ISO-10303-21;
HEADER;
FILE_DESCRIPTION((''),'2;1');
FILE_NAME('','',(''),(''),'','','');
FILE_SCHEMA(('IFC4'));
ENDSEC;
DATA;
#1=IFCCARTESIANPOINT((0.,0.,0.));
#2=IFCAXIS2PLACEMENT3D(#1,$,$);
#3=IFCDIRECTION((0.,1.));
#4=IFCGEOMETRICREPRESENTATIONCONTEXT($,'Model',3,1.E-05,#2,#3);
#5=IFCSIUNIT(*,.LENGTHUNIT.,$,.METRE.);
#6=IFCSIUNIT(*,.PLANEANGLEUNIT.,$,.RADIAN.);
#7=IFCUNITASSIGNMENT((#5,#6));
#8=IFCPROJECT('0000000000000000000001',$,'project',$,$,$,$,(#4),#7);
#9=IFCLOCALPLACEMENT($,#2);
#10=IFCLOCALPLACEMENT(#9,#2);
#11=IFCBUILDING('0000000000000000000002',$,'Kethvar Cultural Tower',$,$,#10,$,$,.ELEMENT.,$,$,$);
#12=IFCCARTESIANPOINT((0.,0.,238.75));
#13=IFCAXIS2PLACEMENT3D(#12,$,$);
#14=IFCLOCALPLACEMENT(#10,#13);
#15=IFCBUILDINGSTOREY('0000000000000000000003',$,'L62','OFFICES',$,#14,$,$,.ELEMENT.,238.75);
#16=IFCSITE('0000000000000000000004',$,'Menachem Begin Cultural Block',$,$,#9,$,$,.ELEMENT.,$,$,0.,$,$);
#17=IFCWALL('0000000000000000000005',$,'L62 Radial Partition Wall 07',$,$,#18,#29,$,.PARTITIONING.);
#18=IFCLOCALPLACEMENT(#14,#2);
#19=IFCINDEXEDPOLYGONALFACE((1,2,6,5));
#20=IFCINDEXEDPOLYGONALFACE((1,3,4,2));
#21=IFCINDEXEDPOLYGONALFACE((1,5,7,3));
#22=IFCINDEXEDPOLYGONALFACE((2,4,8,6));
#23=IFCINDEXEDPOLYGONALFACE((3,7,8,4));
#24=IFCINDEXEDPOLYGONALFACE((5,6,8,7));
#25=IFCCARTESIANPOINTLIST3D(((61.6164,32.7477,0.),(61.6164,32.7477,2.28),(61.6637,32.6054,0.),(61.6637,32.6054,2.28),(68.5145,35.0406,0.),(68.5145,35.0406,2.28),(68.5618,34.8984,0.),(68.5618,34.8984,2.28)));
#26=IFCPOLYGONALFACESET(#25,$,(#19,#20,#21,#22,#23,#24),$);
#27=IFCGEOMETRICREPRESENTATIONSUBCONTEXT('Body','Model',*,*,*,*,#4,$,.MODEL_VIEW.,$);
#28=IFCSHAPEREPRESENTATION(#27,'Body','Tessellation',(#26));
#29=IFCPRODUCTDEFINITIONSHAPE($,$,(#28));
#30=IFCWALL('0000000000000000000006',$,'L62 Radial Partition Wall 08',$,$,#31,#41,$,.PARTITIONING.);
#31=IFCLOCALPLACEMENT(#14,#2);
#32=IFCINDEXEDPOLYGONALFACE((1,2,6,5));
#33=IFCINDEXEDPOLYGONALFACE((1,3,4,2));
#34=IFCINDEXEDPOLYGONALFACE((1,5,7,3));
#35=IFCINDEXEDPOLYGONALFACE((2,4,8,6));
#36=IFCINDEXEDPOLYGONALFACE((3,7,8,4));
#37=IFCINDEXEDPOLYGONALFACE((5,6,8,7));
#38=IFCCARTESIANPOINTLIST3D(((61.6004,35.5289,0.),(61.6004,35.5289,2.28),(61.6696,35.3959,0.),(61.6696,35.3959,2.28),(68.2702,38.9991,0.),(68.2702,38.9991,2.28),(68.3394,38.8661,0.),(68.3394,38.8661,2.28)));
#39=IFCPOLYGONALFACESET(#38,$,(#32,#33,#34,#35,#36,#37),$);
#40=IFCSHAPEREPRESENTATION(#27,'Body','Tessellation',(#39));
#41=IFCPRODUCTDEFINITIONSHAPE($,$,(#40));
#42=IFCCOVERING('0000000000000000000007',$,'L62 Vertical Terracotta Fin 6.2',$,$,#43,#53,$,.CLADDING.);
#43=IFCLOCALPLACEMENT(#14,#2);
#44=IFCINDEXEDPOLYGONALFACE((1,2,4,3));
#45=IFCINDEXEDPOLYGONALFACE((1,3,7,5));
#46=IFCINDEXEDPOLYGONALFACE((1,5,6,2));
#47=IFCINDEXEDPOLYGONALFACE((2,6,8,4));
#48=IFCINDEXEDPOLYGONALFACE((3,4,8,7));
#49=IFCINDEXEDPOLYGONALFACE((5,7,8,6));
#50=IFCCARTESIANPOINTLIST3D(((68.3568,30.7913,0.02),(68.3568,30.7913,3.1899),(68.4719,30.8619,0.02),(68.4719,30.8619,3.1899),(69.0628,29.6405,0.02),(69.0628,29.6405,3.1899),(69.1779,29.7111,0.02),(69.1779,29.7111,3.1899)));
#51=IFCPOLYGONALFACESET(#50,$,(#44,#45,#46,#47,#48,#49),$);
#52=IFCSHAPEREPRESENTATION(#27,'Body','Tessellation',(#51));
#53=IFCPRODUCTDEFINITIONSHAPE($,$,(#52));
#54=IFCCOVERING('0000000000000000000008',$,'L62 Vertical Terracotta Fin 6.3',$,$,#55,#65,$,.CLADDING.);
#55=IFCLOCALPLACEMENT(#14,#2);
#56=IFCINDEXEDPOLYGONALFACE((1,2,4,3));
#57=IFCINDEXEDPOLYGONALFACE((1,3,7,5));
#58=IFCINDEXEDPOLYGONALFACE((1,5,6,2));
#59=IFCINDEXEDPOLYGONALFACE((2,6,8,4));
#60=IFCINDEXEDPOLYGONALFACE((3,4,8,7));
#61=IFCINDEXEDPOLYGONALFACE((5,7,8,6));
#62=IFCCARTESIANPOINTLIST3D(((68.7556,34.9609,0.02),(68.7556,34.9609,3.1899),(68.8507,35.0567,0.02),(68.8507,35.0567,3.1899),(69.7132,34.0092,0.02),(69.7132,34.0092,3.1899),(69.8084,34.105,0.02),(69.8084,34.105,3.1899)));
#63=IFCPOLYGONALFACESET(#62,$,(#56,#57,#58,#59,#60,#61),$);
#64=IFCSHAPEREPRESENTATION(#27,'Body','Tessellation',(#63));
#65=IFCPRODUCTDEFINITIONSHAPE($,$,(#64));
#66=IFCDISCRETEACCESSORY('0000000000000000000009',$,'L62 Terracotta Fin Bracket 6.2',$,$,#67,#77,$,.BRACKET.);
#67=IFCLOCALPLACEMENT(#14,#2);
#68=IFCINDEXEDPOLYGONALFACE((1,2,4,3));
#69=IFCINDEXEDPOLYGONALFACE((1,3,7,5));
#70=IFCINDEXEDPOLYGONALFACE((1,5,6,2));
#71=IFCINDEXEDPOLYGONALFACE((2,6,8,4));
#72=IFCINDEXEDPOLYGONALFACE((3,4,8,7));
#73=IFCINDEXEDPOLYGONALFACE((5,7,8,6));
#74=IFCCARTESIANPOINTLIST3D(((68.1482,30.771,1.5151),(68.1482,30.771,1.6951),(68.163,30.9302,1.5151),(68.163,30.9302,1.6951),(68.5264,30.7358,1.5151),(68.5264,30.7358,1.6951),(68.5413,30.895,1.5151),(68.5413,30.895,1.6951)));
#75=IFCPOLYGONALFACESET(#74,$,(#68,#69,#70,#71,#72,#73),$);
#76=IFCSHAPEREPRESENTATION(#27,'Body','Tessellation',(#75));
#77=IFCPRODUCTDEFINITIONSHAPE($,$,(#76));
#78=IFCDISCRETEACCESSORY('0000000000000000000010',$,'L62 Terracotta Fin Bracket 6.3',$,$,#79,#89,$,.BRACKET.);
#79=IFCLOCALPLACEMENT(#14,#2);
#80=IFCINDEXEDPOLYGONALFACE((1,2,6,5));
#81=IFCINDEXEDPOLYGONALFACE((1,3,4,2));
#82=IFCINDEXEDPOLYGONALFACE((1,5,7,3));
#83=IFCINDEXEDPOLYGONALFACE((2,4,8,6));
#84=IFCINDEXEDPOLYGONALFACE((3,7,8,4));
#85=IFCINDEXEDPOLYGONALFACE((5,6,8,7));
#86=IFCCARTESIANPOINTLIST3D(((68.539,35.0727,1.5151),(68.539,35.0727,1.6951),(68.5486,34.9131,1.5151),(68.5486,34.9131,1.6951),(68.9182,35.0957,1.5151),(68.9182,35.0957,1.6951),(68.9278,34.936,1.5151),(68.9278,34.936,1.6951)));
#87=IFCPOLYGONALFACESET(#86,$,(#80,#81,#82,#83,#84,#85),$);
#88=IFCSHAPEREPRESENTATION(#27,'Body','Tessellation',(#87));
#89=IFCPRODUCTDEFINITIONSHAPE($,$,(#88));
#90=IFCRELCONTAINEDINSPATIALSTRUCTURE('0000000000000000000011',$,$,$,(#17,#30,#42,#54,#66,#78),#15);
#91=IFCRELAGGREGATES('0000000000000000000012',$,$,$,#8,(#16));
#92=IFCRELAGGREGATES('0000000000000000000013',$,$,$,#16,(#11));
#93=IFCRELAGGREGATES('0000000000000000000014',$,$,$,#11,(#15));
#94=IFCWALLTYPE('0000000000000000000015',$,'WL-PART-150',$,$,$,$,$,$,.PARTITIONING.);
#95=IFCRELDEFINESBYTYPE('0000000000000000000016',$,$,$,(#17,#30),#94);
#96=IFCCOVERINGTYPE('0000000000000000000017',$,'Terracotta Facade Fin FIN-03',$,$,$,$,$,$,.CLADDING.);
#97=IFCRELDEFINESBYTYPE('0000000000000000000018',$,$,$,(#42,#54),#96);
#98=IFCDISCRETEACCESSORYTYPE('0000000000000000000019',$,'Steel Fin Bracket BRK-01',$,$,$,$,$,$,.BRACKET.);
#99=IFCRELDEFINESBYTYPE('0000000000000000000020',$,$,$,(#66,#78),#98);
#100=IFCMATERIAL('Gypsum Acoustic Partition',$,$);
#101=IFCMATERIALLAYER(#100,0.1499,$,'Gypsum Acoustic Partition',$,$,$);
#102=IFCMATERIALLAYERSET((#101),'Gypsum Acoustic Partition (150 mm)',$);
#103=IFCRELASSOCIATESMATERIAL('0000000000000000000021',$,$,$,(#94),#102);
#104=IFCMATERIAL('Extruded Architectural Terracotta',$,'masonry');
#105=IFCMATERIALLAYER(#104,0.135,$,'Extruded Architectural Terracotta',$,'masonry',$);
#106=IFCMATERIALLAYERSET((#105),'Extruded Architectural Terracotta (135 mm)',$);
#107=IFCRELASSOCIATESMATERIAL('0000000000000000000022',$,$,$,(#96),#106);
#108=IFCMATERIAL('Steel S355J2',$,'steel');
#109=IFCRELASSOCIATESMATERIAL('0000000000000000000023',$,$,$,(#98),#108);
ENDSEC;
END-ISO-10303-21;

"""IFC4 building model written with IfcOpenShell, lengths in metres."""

from ifc_helpers import new_model, si_unit, direction, frame, frame_2d, origin, origin_2d, place, context, subcontext, project, spatial, rectangle, extrude, source, transform, mapped, material, layer, layer_set, type_object, element, save


model = new_model("IFC4")

# Units and contexts
model_context = context("Model", 3, precision=1e-05, world=origin(), true_north=direction((0.0, 1.0)))
body_context = subcontext(model_context, "Body", "Model", "MODEL_VIEW")
ifc_project = project(units=[si_unit("LENGTHUNIT", "METRE"), si_unit("PLANEANGLEUNIT", "RADIAN")], contexts=[model_context])

# Site, building, storey
site_placement = place(None, origin())
site = spatial("IfcSite", under=ifc_project, at=site_placement, Name="Menachem Begin Cultural Block", CompositionType="ELEMENT", RefElevation=0.0)
building_placement = place(site_placement, origin())
building = spatial("IfcBuilding", under=site, at=building_placement, Name="Kethvar Cultural Tower", CompositionType="ELEMENT")
storey_placement = place(building_placement, frame((0.0, 0.0, 238.75)))
storey = spatial("IfcBuildingStorey", under=building, at=storey_placement, Name="L62", Description="OFFICES", CompositionType="ELEMENT", Elevation=238.75)

# Shared definitions
ifc_material_1 = material(Name="Steel S355J2", Category="steel")

# Walls
ifc_material_2 = material(Name="Gypsum Acoustic Partition")
ifc_layer_1 = layer(ifc_material_2, 0.1499, Name="Gypsum Acoustic Partition")
ifc_layer_set_1 = layer_set([ifc_layer_1], Name="Gypsum Acoustic Partition (150 mm)")
wall_type_1 = type_object("IfcWallType", Name="WL-PART-150", PredefinedType="PARTITIONING", material=ifc_layer_set_1)
wall_1_placement = place(storey_placement, frame((61.6399, 32.6765, 0.0), z_axis=(0.0, 0.0, 1.0), x_axis=(0.948948, 0.315432, 0.0)))
element("IfcWall", 1, at=wall_1_placement, inside=storey, type_object=wall_type_1, Name="L62 Radial Partition Wall 07", PredefinedType="PARTITIONING", context=body_context, shape_type="SweptSolid", body=[
    extrude(rectangle(XDim=7.2693, YDim=0.1499, at=frame_2d((3.6348, 0.0))), origin(), (0.0, 0.0, 1.0), 2.28),
])
wall_2_placement = place(storey_placement, frame((61.635, 35.4624, 0.0), z_axis=(0.0, 0.0, 1.0), x_axis=(0.887116, 0.461547, 0.0)))
element("IfcWall", 2, at=wall_2_placement, inside=storey, type_object=wall_type_1, Name="L62 Radial Partition Wall 08", PredefinedType="PARTITIONING", context=body_context, shape_type="SweptSolid", body=[
    extrude(rectangle(XDim=7.5186, YDim=0.1499, at=frame_2d((3.7593, 0.0))), origin(), (0.0, 0.0, 1.0), 2.28),
])

# Coverings
ifc_material_3 = material(Name="Extruded Architectural Terracotta", Category="masonry")
ifc_layer_2 = layer(ifc_material_3, 0.135, Name="Extruded Architectural Terracotta", Category="masonry")
ifc_layer_set_2 = layer_set([ifc_layer_2], Name="Extruded Architectural Terracotta (135 mm)")
covering_type = type_object("IfcCoveringType", Name="Terracotta Facade Fin FIN-03", PredefinedType="CLADDING", material=ifc_layer_set_2)
shared_shape_1 = source(origin(), body_context, "Body", "SweptSolid", [
    extrude(rectangle(XDim=1.3501, YDim=0.135, at=origin_2d()), origin(), (0.0, 0.0, 1.0), 3.1699),
])
for number, where, z_axis, x_axis, name in (
    (3, (68.7673, 30.2512, 0.02), (0.0, 0.0, 1.0), (0.522945, -0.852366, 0.0), "L62 Vertical Terracotta Fin 6.2"),
    (4, (69.282, 34.533, 0.02), (0.0, 0.0, 1.0), (0.709325, -0.704882, 0.0), "L62 Vertical Terracotta Fin 6.3"),
):
    element("IfcCovering", number, at=place(storey_placement, frame(where, z_axis=z_axis, x_axis=x_axis)), inside=storey, type_object=covering_type, Name=name, PredefinedType="CLADDING", context=body_context, shape_type="MappedRepresentation", body=[
        mapped(shared_shape_1, transform((0.0, 0.0, 0.0), scale=1.0)),
    ])

# Discrete accessories
discrete_accessory_type = type_object("IfcDiscreteAccessoryType", Name="Steel Fin Bracket BRK-01", PredefinedType="BRACKET", material=ifc_material_1)
shared_shape_2 = source(origin(), body_context, "Body", "SweptSolid", [
    extrude(rectangle(XDim=0.3799, YDim=0.1599, at=origin_2d()), origin(), (0.0, 0.0, 1.0), 0.1799),
])
for number, where, z_axis, x_axis, name in (
    (5, (68.3447, 30.833, 1.5151), (0.0, 0.0, 1.0), (0.995692, -0.092718, 0.0), "L62 Terracotta Fin Bracket 6.2"),
    (6, (68.7334, 35.0044, 1.5151), (0.0, 0.0, 1.0), (0.998177, 0.060352, 0.0), "L62 Terracotta Fin Bracket 6.3"),
):
    element("IfcDiscreteAccessory", number, at=place(storey_placement, frame(where, z_axis=z_axis, x_axis=x_axis)), inside=storey, type_object=discrete_accessory_type, Name=name, PredefinedType="BRACKET", context=body_context, shape_type="MappedRepresentation", body=[
        mapped(shared_shape_2, transform((0.0, 0.0, 0.0), scale=1.0)),
    ])

save(model, "model.ifc")
